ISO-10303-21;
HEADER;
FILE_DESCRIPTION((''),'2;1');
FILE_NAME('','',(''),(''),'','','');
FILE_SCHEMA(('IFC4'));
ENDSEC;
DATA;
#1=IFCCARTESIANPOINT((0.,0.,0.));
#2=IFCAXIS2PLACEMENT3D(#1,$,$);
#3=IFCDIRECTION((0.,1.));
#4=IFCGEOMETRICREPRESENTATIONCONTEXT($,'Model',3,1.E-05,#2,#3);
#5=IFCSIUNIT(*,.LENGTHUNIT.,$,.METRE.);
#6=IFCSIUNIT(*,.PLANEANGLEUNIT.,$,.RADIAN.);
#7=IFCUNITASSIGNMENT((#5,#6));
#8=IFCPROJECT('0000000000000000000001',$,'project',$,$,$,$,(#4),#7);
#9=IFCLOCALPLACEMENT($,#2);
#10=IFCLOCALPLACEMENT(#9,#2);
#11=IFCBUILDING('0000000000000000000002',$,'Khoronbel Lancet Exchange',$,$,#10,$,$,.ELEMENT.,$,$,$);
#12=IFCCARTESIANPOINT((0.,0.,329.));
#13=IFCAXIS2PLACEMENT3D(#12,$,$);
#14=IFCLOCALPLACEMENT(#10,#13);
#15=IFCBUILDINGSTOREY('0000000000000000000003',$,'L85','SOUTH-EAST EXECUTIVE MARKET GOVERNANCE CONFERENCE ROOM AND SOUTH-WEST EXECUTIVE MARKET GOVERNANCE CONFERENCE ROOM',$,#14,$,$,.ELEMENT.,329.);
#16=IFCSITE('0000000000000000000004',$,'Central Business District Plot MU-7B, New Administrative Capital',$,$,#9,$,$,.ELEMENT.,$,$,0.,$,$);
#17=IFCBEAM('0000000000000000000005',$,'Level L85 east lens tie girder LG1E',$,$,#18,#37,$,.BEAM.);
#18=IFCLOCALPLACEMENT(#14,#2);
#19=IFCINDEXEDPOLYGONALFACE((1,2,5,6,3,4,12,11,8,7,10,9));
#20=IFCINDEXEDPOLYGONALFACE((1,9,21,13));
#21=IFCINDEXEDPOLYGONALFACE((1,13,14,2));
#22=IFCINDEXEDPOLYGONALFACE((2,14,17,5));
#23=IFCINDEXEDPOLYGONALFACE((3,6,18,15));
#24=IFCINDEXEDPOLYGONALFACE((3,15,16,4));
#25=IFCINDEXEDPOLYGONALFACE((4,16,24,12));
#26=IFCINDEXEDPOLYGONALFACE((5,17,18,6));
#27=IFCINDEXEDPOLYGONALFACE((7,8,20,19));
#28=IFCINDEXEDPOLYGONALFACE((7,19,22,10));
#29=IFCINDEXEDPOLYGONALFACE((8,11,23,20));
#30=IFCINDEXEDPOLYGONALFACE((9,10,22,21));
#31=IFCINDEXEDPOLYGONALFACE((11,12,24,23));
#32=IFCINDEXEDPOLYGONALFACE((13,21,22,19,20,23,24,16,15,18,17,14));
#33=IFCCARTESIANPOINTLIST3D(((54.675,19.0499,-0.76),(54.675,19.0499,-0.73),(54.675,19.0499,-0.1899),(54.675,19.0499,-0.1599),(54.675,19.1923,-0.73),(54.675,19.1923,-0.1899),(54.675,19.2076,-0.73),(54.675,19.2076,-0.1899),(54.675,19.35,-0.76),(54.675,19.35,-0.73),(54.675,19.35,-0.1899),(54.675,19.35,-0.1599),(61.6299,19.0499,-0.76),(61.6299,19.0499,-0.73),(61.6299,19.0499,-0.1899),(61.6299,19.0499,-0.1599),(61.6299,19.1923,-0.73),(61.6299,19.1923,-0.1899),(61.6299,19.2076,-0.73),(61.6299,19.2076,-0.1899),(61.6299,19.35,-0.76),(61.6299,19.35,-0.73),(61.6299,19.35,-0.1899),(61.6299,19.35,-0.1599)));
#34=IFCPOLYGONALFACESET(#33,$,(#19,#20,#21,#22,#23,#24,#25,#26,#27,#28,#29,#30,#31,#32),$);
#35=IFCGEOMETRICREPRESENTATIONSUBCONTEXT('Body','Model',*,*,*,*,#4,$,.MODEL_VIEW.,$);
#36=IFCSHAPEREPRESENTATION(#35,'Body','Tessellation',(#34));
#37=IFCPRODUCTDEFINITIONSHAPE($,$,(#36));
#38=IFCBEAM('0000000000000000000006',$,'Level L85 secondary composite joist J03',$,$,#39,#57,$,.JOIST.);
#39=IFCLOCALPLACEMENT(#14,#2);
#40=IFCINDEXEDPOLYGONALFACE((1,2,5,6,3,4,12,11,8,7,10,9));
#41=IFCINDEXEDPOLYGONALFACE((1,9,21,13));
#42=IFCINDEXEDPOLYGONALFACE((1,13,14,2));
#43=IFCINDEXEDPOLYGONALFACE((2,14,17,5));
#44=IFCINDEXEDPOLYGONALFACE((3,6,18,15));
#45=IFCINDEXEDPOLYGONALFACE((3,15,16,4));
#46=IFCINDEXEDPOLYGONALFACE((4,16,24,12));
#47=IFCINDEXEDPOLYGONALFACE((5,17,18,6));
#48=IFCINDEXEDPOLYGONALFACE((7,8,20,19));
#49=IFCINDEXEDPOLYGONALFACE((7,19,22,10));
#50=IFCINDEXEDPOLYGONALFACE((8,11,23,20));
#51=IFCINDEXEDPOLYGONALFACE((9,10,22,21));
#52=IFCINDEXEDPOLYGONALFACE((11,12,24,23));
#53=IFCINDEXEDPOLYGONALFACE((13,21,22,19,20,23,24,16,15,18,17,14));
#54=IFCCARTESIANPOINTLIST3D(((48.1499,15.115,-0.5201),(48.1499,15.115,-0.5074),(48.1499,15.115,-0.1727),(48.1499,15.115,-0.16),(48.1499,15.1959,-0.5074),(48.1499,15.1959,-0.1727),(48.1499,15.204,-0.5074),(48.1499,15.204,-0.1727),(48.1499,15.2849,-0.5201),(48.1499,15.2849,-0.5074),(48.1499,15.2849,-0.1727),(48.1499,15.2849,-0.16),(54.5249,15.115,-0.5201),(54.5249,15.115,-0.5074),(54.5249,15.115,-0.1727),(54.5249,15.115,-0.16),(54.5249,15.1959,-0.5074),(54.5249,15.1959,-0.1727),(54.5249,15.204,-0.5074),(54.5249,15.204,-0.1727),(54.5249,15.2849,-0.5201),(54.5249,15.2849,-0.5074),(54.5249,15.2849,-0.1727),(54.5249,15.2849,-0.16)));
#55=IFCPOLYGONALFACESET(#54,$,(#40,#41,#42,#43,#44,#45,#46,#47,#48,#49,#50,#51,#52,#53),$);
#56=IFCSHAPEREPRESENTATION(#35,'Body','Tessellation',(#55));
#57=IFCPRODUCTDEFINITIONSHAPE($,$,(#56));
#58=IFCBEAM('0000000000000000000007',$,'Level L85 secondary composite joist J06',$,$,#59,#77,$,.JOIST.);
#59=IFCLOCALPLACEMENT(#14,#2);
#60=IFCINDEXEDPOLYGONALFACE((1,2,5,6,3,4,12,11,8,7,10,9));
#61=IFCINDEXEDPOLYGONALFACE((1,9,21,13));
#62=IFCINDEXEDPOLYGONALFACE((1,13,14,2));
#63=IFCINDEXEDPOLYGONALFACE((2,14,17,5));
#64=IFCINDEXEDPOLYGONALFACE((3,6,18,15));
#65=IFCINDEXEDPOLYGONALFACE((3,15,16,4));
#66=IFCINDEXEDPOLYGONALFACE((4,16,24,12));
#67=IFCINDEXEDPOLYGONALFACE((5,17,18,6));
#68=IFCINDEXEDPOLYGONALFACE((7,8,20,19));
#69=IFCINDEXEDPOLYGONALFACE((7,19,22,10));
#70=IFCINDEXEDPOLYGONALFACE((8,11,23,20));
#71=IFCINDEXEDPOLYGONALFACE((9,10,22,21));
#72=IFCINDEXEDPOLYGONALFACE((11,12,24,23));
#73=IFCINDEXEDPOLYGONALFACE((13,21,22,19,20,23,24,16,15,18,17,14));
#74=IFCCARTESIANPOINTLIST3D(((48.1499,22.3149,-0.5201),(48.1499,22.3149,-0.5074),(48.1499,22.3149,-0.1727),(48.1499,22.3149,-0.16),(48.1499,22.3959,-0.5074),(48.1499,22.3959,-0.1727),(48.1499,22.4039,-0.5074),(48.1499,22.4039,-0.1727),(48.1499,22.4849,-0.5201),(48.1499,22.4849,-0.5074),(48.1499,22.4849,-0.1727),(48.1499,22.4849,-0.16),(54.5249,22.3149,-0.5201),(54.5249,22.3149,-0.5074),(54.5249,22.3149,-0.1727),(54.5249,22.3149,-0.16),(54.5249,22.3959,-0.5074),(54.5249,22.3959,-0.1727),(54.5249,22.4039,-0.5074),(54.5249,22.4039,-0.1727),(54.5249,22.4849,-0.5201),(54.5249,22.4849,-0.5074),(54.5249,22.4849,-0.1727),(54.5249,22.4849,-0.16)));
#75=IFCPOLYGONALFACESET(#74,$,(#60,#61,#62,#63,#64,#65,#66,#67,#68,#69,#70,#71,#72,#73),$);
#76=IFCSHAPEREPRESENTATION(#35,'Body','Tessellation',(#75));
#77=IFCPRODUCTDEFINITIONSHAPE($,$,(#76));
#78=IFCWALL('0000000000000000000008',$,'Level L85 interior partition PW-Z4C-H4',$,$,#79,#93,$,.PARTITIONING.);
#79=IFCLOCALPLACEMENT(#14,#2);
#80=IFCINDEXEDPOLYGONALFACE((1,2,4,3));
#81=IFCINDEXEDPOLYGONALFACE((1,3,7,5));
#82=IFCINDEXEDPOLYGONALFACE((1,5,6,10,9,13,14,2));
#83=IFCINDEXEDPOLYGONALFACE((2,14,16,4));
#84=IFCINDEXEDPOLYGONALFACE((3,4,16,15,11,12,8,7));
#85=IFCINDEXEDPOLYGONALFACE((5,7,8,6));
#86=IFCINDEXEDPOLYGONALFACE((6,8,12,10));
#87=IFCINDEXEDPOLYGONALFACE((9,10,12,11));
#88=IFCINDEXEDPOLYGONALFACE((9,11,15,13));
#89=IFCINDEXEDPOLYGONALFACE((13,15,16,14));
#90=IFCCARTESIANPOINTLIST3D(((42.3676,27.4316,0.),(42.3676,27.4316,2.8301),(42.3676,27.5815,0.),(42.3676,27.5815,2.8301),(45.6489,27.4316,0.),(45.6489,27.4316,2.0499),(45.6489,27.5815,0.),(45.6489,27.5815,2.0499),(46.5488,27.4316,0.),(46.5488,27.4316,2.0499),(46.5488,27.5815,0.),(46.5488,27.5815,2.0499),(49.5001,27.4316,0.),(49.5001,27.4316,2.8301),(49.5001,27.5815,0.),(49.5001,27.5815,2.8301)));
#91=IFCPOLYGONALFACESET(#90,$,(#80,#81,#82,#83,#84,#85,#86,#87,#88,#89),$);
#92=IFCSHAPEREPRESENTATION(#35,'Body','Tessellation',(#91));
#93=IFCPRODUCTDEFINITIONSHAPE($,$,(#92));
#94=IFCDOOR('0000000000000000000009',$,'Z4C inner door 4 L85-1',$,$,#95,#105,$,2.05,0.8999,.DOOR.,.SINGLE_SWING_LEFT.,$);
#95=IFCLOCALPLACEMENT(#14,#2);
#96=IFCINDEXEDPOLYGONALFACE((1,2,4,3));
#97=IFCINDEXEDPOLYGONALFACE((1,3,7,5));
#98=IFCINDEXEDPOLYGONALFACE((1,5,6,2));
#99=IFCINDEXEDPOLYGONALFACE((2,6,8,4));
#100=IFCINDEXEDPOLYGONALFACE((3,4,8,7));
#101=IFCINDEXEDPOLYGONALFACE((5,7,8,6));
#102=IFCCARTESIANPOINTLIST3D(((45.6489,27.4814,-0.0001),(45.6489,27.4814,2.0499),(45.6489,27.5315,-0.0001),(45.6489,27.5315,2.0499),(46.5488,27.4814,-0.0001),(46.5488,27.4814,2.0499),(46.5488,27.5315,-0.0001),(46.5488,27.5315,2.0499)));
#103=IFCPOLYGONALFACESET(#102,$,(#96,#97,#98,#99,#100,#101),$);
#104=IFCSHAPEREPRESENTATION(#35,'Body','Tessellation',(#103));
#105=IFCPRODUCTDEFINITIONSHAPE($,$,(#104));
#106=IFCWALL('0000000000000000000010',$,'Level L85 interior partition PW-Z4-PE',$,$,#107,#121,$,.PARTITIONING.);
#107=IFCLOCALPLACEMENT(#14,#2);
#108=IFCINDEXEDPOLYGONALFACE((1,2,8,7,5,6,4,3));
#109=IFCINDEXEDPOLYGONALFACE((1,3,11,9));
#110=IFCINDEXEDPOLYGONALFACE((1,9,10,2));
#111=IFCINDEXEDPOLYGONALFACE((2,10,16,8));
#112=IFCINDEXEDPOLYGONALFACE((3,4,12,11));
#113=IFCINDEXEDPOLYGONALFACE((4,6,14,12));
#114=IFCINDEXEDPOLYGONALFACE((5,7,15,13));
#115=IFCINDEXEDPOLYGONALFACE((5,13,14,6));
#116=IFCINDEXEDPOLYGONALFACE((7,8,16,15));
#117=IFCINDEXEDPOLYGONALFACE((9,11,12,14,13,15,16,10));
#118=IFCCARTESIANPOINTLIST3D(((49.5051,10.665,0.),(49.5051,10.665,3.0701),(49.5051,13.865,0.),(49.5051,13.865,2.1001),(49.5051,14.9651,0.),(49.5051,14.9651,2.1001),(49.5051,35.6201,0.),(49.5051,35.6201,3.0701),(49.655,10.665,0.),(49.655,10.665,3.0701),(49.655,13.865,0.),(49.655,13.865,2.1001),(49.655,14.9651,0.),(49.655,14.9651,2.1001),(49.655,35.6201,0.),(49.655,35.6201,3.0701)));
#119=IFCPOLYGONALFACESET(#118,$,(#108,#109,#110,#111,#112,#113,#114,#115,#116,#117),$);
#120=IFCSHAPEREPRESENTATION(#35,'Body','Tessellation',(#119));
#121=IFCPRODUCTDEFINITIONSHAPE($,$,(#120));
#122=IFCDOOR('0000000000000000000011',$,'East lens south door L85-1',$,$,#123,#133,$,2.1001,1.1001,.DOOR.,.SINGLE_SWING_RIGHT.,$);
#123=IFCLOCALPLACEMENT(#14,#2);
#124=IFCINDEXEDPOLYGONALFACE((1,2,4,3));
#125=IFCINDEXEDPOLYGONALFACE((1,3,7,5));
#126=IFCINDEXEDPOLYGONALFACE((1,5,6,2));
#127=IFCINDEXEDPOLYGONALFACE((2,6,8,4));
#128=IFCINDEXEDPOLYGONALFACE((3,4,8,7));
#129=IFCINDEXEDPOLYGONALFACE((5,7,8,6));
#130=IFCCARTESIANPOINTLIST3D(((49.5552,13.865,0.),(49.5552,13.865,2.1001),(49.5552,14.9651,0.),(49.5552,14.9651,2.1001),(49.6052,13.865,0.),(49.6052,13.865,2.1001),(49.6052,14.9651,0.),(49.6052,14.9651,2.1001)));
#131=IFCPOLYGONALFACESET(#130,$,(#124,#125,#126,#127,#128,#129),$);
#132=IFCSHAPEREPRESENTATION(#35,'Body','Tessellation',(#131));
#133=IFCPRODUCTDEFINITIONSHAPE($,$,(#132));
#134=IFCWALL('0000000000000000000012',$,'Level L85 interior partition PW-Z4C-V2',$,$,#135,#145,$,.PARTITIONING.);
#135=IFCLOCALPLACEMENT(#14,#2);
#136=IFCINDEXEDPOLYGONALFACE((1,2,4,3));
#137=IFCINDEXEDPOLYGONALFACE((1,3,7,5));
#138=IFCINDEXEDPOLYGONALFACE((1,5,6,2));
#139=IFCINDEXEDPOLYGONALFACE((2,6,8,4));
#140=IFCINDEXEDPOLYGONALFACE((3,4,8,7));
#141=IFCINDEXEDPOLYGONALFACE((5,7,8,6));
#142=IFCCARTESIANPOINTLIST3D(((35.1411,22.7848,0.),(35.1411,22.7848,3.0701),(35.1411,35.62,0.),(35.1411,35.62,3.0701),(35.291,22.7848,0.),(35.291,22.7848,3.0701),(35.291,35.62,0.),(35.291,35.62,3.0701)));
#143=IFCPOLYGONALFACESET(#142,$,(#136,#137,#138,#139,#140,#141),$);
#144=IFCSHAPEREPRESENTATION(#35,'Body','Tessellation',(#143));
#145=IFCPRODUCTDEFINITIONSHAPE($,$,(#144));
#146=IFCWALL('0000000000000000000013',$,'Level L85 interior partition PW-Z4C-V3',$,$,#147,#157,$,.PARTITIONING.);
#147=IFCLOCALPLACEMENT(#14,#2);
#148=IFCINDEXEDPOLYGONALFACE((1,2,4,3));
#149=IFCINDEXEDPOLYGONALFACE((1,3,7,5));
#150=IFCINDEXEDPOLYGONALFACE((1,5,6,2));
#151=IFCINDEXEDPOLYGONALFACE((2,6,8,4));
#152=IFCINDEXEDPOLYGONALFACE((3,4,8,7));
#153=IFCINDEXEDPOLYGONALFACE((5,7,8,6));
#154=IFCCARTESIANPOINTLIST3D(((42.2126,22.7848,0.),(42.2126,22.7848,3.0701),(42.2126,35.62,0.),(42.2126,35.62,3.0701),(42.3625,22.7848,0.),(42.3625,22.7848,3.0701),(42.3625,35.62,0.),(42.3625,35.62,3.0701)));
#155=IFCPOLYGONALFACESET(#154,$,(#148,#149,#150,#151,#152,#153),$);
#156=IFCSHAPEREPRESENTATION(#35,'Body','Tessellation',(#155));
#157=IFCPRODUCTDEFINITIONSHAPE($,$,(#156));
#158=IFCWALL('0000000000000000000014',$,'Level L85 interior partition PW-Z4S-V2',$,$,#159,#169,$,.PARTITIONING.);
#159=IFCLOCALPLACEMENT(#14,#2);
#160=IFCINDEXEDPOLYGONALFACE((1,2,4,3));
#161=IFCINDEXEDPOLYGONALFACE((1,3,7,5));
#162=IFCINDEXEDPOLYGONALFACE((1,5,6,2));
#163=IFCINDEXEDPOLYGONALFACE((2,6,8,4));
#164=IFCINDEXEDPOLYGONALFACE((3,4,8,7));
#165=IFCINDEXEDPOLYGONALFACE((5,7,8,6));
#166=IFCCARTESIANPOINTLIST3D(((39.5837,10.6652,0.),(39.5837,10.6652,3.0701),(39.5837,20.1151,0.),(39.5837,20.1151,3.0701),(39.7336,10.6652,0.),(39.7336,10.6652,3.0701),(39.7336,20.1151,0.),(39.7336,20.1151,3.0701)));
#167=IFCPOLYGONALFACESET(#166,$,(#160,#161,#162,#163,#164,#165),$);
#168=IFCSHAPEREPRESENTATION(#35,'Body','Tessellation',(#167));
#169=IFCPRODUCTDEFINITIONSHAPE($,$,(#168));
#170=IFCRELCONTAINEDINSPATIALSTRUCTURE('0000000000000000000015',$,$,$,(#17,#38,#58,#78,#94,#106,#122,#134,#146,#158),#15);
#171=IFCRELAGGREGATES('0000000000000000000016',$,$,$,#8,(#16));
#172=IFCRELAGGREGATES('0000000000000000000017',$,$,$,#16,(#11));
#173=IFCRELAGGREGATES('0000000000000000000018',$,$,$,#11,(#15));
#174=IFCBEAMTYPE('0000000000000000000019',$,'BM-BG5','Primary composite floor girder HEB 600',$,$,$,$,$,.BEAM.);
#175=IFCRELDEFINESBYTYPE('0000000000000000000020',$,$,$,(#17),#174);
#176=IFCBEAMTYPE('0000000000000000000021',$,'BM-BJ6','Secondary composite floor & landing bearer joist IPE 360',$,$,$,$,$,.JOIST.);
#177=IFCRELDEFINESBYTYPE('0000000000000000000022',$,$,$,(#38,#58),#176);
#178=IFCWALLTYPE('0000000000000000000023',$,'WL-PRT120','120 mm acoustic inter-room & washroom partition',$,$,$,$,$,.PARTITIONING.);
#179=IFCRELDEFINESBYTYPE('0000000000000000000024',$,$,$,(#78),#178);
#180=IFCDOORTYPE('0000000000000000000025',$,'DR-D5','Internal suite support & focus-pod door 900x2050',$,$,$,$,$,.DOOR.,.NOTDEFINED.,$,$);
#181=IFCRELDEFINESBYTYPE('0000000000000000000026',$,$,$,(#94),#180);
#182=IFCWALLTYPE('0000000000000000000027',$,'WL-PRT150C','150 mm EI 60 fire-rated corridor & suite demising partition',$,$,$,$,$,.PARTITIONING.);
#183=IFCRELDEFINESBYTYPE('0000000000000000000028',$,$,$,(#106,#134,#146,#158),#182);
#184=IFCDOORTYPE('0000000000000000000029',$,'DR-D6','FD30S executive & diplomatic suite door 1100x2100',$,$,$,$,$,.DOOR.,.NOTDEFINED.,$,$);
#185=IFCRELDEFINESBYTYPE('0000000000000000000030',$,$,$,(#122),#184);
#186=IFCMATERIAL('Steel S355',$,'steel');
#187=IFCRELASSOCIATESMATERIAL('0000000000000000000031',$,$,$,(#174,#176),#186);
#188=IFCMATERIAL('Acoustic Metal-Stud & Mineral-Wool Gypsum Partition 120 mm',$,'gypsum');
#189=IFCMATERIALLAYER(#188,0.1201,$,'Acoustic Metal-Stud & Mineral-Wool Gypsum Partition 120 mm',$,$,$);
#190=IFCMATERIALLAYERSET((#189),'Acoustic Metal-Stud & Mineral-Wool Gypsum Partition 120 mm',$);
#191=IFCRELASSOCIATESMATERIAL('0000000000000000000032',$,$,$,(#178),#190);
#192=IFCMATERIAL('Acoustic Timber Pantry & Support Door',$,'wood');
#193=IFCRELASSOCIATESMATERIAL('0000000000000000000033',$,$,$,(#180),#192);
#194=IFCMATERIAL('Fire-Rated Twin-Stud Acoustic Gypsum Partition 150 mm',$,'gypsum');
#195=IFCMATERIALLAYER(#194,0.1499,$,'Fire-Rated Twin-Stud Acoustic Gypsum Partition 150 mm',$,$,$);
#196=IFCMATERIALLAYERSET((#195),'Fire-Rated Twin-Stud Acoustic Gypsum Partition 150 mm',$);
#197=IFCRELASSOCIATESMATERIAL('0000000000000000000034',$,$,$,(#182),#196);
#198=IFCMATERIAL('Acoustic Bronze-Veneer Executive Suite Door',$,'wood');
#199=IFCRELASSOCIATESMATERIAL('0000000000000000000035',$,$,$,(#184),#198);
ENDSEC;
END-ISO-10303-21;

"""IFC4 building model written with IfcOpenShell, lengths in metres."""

from ifc_helpers import new_model, si_unit, direction, frame, frame_2d, origin, origin_2d, place, context, subcontext, project, spatial, rectangle, i_section, extrude, material, layer, layer_set, material_profile, profile_set, type_object, element, fill, save


model = new_model("IFC4")

# Units and contexts
model_context = context("Model", 3, precision=1e-05, world=origin(), true_north=direction((0.0, 1.0)))
body_context = subcontext(model_context, "Body", "Model", "MODEL_VIEW")
ifc_project = project(units=[si_unit("LENGTHUNIT", "METRE"), si_unit("PLANEANGLEUNIT", "RADIAN")], contexts=[model_context])

# Site, building, storey
site_placement = place(None, origin())
site = spatial("IfcSite", under=ifc_project, at=site_placement, Name="Central Business District Plot MU-7B, New Administrative Capital", CompositionType="ELEMENT", RefElevation=0.0)
building_placement = place(site_placement, origin())
building = spatial("IfcBuilding", under=site, at=building_placement, Name="Khoronbel Lancet Exchange", CompositionType="ELEMENT")
storey_placement = place(building_placement, frame((0.0, 0.0, 329.0)))
storey = spatial("IfcBuildingStorey", under=building, at=storey_placement, Name="L85", Description="SOUTH-EAST EXECUTIVE MARKET GOVERNANCE CONFERENCE ROOM AND SOUTH-WEST EXECUTIVE MARKET GOVERNANCE CONFERENCE ROOM", CompositionType="ELEMENT", Elevation=329.0)

# Beams
ifc_material_1 = material(Name="Steel S355", Category="steel")
ifc_material_profile_1 = material_profile(ifc_material_1, i_section(OverallWidth=0.3, OverallDepth=0.6001, WebThickness=0.0154, FlangeThickness=0.03, at=origin_2d()), Name="HEB 600")
ifc_profile_set_1 = profile_set([ifc_material_profile_1], Name="Steel S355")
beam_type_1 = type_object("IfcBeamType", Name="BM-BG5", Description="Primary composite floor girder HEB 600", PredefinedType="BEAM", material=ifc_profile_set_1)
beam_placement = place(storey_placement, frame((54.675, 19.2, -0.46), z_axis=(1.0, 0.0, 0.0), x_axis=(0.0, 1.0, 0.0)))
element("IfcBeam", 1, at=beam_placement, inside=storey, type_object=beam_type_1, Name="Level L85 east lens tie girder LG1E", PredefinedType="BEAM", context=body_context, shape_type="SweptSolid", body=[
    extrude(i_section(OverallWidth=0.3, OverallDepth=0.6001, WebThickness=0.0154, FlangeThickness=0.03, at=origin_2d()), origin(), (0.0, 0.0, 1.0), 6.9548),
])
ifc_material_profile_2 = material_profile(ifc_material_1, i_section(OverallWidth=0.1699, OverallDepth=0.3601, WebThickness=0.0081, FlangeThickness=0.0127, at=origin_2d()), Name="IPE 360")
ifc_profile_set_2 = profile_set([ifc_material_profile_2], Name="Steel S355")
beam_type_2 = type_object("IfcBeamType", Name="BM-BJ6", Description="Secondary composite floor & landing bearer joist IPE 360", PredefinedType="JOIST", material=ifc_profile_set_2)
for number, where, z_axis, x_axis, name in (
    (2, (48.1499, 15.2, -0.3401), (1.0, 0.0, 0.0), (0.0, 1.0, 0.0), "Level L85 secondary composite joist J03"),
    (3, (48.1499, 22.3999, -0.3401), (1.0, 0.0, 0.0), (0.0, 1.0, 0.0), "Level L85 secondary composite joist J06"),
):
    element("IfcBeam", number, at=place(storey_placement, frame(where, z_axis=z_axis, x_axis=x_axis)), inside=storey, type_object=beam_type_2, Name=name, PredefinedType="JOIST", context=body_context, shape_type="SweptSolid", body=[
        extrude(i_section(OverallWidth=0.1699, OverallDepth=0.3601, WebThickness=0.0081, FlangeThickness=0.0127, at=origin_2d()), origin(), (0.0, 0.0, 1.0), 6.375),
    ])

# Walls, openings, doors
ifc_material_2 = material(Name="Acoustic Metal-Stud & Mineral-Wool Gypsum Partition 120 mm", Category="gypsum")
ifc_layer_1 = layer(ifc_material_2, 0.1201, Name="Acoustic Metal-Stud & Mineral-Wool Gypsum Partition 120 mm")
ifc_layer_set_1 = layer_set([ifc_layer_1], Name="Acoustic Metal-Stud & Mineral-Wool Gypsum Partition 120 mm")
wall_type_1 = type_object("IfcWallType", Name="WL-PRT120", Description="120 mm acoustic inter-room & washroom partition", PredefinedType="PARTITIONING", material=ifc_layer_set_1)
wall_1_placement = place(storey_placement, frame((42.3674, 27.5066, 0.0), z_axis=(0.0, 0.0, 1.0), x_axis=(1.0, 0.0, 0.0)))
wall_1 = element("IfcWall", 4, at=wall_1_placement, inside=storey, type_object=wall_type_1, Name="Level L85 interior partition PW-Z4C-H4", PredefinedType="PARTITIONING", context=body_context, shape_type="SweptSolid", body=[
    extrude(rectangle(XDim=7.1326, YDim=0.1499, at=frame_2d((3.5664, 0.0))), origin(), (0.0, 0.0, 1.0), 2.8301),
])
opening_1_placement = place(wall_1_placement, frame((3.2815, 0.0, 0.0)))
opening_1 = element("IfcOpeningElement", 5, at=opening_1_placement, cuts=wall_1, PredefinedType="OPENING", context=body_context, shape_type="SweptSolid", body=[
    extrude(rectangle(XDim=0.8999, YDim=2.05, at=frame_2d((0.45, 1.0249))), frame((0.0, 0.085, 0.0), z_axis=(0.0, -1.0, 0.0), x_axis=(1.0, 0.0, 0.0)), (0.0, 0.0, 1.0), 0.1699),
])
ifc_material_3 = material(Name="Acoustic Timber Pantry & Support Door", Category="wood")
door_type_1 = type_object("IfcDoorType", Name="DR-D5", Description="Internal suite support & focus-pod door 900x2050", OperationType="NOTDEFINED", PredefinedType="DOOR", material=ifc_material_3)
door_1_placement = place(opening_1_placement, origin())
door_1 = element("IfcDoor", 6, at=door_1_placement, inside=storey, type_object=door_type_1, Name="Z4C inner door 4 L85-1", OperationType="SINGLE_SWING_LEFT", OverallHeight=2.05, OverallWidth=0.8999, PredefinedType="DOOR", context=body_context, shape_type="SweptSolid", body=[
    extrude(rectangle(XDim=0.8999, YDim=2.05, at=frame_2d((0.45, 1.0249))), frame((0.0, 0.0249, 0.0), z_axis=(0.0, -1.0, 0.0), x_axis=(1.0, 0.0, 0.0)), (0.0, 0.0, 1.0), 0.05),
])
fill(opening_1, door_1)
ifc_material_4 = material(Name="Fire-Rated Twin-Stud Acoustic Gypsum Partition 150 mm", Category="gypsum")
ifc_layer_2 = layer(ifc_material_4, 0.1499, Name="Fire-Rated Twin-Stud Acoustic Gypsum Partition 150 mm")
ifc_layer_set_2 = layer_set([ifc_layer_2], Name="Fire-Rated Twin-Stud Acoustic Gypsum Partition 150 mm")
wall_type_2 = type_object("IfcWallType", Name="WL-PRT150C", Description="150 mm EI 60 fire-rated corridor & suite demising partition", PredefinedType="PARTITIONING", material=ifc_layer_set_2)
wall_2_placement = place(storey_placement, frame((49.5801, 10.665, 0.0), z_axis=(0.0, 0.0, 1.0), x_axis=(0.0, 1.0, 0.0)))
wall_2 = element("IfcWall", 7, at=wall_2_placement, inside=storey, type_object=wall_type_2, Name="Level L85 interior partition PW-Z4-PE", PredefinedType="PARTITIONING", context=body_context, shape_type="SweptSolid", body=[
    extrude(rectangle(XDim=24.9551, YDim=0.1499, at=frame_2d((12.4775, 0.0))), origin(), (0.0, 0.0, 1.0), 3.0701),
])
opening_2_placement = place(wall_2_placement, frame((3.2, 0.0, 0.0)))
opening_2 = element("IfcOpeningElement", 8, at=opening_2_placement, cuts=wall_2, PredefinedType="OPENING", context=body_context, shape_type="SweptSolid", body=[
    extrude(rectangle(XDim=1.1001, YDim=2.1001, at=frame_2d((0.55, 1.05))), frame((0.0, 0.085, 0.0), z_axis=(0.0, -1.0, 0.0), x_axis=(1.0, 0.0, 0.0)), (0.0, 0.0, 1.0), 0.1699),
])
ifc_material_5 = material(Name="Acoustic Bronze-Veneer Executive Suite Door", Category="wood")
door_type_2 = type_object("IfcDoorType", Name="DR-D6", Description="FD30S executive & diplomatic suite door 1100x2100", OperationType="NOTDEFINED", PredefinedType="DOOR", material=ifc_material_5)
door_2_placement = place(opening_2_placement, origin())
door_2 = element("IfcDoor", 9, at=door_2_placement, inside=storey, type_object=door_type_2, Name="East lens south door L85-1", OperationType="SINGLE_SWING_RIGHT", OverallHeight=2.1001, OverallWidth=1.1001, PredefinedType="DOOR", context=body_context, shape_type="SweptSolid", body=[
    extrude(rectangle(XDim=1.1001, YDim=2.1001, at=frame_2d((0.55, 1.05))), frame((0.0, 0.0249, 0.0), z_axis=(0.0, -1.0, 0.0), x_axis=(1.0, 0.0, 0.0)), (0.0, 0.0, 1.0), 0.05),
])
fill(opening_2, door_2)

# Walls
for number, where, z_axis, x_axis, name in (
    (10, (35.2161, 22.7849, 0.0), (0.0, 0.0, 1.0), (0.0, 1.0, 0.0), "Level L85 interior partition PW-Z4C-V2"),
    (11, (42.2876, 22.7849, 0.0), (0.0, 0.0, 1.0), (0.0, 1.0, 0.0), "Level L85 interior partition PW-Z4C-V3"),
):
    element("IfcWall", number, at=place(storey_placement, frame(where, z_axis=z_axis, x_axis=x_axis)), inside=storey, type_object=wall_type_2, Name=name, PredefinedType="PARTITIONING", context=body_context, shape_type="SweptSolid", body=[
        extrude(rectangle(XDim=12.8352, YDim=0.1499, at=frame_2d((6.4175, 0.0))), origin(), (0.0, 0.0, 1.0), 3.0701),
    ])
wall_3_placement = place(storey_placement, frame((39.6587, 10.665, 0.0), z_axis=(0.0, 0.0, 1.0), x_axis=(0.0, 1.0, 0.0)))
element("IfcWall", 12, at=wall_3_placement, inside=storey, type_object=wall_type_2, Name="Level L85 interior partition PW-Z4S-V2", PredefinedType="PARTITIONING", context=body_context, shape_type="SweptSolid", body=[
    extrude(rectangle(XDim=9.45, YDim=0.1499, at=frame_2d((4.7251, 0.0))), origin(), (0.0, 0.0, 1.0), 3.0701),
])

save(model, "model.ifc")
